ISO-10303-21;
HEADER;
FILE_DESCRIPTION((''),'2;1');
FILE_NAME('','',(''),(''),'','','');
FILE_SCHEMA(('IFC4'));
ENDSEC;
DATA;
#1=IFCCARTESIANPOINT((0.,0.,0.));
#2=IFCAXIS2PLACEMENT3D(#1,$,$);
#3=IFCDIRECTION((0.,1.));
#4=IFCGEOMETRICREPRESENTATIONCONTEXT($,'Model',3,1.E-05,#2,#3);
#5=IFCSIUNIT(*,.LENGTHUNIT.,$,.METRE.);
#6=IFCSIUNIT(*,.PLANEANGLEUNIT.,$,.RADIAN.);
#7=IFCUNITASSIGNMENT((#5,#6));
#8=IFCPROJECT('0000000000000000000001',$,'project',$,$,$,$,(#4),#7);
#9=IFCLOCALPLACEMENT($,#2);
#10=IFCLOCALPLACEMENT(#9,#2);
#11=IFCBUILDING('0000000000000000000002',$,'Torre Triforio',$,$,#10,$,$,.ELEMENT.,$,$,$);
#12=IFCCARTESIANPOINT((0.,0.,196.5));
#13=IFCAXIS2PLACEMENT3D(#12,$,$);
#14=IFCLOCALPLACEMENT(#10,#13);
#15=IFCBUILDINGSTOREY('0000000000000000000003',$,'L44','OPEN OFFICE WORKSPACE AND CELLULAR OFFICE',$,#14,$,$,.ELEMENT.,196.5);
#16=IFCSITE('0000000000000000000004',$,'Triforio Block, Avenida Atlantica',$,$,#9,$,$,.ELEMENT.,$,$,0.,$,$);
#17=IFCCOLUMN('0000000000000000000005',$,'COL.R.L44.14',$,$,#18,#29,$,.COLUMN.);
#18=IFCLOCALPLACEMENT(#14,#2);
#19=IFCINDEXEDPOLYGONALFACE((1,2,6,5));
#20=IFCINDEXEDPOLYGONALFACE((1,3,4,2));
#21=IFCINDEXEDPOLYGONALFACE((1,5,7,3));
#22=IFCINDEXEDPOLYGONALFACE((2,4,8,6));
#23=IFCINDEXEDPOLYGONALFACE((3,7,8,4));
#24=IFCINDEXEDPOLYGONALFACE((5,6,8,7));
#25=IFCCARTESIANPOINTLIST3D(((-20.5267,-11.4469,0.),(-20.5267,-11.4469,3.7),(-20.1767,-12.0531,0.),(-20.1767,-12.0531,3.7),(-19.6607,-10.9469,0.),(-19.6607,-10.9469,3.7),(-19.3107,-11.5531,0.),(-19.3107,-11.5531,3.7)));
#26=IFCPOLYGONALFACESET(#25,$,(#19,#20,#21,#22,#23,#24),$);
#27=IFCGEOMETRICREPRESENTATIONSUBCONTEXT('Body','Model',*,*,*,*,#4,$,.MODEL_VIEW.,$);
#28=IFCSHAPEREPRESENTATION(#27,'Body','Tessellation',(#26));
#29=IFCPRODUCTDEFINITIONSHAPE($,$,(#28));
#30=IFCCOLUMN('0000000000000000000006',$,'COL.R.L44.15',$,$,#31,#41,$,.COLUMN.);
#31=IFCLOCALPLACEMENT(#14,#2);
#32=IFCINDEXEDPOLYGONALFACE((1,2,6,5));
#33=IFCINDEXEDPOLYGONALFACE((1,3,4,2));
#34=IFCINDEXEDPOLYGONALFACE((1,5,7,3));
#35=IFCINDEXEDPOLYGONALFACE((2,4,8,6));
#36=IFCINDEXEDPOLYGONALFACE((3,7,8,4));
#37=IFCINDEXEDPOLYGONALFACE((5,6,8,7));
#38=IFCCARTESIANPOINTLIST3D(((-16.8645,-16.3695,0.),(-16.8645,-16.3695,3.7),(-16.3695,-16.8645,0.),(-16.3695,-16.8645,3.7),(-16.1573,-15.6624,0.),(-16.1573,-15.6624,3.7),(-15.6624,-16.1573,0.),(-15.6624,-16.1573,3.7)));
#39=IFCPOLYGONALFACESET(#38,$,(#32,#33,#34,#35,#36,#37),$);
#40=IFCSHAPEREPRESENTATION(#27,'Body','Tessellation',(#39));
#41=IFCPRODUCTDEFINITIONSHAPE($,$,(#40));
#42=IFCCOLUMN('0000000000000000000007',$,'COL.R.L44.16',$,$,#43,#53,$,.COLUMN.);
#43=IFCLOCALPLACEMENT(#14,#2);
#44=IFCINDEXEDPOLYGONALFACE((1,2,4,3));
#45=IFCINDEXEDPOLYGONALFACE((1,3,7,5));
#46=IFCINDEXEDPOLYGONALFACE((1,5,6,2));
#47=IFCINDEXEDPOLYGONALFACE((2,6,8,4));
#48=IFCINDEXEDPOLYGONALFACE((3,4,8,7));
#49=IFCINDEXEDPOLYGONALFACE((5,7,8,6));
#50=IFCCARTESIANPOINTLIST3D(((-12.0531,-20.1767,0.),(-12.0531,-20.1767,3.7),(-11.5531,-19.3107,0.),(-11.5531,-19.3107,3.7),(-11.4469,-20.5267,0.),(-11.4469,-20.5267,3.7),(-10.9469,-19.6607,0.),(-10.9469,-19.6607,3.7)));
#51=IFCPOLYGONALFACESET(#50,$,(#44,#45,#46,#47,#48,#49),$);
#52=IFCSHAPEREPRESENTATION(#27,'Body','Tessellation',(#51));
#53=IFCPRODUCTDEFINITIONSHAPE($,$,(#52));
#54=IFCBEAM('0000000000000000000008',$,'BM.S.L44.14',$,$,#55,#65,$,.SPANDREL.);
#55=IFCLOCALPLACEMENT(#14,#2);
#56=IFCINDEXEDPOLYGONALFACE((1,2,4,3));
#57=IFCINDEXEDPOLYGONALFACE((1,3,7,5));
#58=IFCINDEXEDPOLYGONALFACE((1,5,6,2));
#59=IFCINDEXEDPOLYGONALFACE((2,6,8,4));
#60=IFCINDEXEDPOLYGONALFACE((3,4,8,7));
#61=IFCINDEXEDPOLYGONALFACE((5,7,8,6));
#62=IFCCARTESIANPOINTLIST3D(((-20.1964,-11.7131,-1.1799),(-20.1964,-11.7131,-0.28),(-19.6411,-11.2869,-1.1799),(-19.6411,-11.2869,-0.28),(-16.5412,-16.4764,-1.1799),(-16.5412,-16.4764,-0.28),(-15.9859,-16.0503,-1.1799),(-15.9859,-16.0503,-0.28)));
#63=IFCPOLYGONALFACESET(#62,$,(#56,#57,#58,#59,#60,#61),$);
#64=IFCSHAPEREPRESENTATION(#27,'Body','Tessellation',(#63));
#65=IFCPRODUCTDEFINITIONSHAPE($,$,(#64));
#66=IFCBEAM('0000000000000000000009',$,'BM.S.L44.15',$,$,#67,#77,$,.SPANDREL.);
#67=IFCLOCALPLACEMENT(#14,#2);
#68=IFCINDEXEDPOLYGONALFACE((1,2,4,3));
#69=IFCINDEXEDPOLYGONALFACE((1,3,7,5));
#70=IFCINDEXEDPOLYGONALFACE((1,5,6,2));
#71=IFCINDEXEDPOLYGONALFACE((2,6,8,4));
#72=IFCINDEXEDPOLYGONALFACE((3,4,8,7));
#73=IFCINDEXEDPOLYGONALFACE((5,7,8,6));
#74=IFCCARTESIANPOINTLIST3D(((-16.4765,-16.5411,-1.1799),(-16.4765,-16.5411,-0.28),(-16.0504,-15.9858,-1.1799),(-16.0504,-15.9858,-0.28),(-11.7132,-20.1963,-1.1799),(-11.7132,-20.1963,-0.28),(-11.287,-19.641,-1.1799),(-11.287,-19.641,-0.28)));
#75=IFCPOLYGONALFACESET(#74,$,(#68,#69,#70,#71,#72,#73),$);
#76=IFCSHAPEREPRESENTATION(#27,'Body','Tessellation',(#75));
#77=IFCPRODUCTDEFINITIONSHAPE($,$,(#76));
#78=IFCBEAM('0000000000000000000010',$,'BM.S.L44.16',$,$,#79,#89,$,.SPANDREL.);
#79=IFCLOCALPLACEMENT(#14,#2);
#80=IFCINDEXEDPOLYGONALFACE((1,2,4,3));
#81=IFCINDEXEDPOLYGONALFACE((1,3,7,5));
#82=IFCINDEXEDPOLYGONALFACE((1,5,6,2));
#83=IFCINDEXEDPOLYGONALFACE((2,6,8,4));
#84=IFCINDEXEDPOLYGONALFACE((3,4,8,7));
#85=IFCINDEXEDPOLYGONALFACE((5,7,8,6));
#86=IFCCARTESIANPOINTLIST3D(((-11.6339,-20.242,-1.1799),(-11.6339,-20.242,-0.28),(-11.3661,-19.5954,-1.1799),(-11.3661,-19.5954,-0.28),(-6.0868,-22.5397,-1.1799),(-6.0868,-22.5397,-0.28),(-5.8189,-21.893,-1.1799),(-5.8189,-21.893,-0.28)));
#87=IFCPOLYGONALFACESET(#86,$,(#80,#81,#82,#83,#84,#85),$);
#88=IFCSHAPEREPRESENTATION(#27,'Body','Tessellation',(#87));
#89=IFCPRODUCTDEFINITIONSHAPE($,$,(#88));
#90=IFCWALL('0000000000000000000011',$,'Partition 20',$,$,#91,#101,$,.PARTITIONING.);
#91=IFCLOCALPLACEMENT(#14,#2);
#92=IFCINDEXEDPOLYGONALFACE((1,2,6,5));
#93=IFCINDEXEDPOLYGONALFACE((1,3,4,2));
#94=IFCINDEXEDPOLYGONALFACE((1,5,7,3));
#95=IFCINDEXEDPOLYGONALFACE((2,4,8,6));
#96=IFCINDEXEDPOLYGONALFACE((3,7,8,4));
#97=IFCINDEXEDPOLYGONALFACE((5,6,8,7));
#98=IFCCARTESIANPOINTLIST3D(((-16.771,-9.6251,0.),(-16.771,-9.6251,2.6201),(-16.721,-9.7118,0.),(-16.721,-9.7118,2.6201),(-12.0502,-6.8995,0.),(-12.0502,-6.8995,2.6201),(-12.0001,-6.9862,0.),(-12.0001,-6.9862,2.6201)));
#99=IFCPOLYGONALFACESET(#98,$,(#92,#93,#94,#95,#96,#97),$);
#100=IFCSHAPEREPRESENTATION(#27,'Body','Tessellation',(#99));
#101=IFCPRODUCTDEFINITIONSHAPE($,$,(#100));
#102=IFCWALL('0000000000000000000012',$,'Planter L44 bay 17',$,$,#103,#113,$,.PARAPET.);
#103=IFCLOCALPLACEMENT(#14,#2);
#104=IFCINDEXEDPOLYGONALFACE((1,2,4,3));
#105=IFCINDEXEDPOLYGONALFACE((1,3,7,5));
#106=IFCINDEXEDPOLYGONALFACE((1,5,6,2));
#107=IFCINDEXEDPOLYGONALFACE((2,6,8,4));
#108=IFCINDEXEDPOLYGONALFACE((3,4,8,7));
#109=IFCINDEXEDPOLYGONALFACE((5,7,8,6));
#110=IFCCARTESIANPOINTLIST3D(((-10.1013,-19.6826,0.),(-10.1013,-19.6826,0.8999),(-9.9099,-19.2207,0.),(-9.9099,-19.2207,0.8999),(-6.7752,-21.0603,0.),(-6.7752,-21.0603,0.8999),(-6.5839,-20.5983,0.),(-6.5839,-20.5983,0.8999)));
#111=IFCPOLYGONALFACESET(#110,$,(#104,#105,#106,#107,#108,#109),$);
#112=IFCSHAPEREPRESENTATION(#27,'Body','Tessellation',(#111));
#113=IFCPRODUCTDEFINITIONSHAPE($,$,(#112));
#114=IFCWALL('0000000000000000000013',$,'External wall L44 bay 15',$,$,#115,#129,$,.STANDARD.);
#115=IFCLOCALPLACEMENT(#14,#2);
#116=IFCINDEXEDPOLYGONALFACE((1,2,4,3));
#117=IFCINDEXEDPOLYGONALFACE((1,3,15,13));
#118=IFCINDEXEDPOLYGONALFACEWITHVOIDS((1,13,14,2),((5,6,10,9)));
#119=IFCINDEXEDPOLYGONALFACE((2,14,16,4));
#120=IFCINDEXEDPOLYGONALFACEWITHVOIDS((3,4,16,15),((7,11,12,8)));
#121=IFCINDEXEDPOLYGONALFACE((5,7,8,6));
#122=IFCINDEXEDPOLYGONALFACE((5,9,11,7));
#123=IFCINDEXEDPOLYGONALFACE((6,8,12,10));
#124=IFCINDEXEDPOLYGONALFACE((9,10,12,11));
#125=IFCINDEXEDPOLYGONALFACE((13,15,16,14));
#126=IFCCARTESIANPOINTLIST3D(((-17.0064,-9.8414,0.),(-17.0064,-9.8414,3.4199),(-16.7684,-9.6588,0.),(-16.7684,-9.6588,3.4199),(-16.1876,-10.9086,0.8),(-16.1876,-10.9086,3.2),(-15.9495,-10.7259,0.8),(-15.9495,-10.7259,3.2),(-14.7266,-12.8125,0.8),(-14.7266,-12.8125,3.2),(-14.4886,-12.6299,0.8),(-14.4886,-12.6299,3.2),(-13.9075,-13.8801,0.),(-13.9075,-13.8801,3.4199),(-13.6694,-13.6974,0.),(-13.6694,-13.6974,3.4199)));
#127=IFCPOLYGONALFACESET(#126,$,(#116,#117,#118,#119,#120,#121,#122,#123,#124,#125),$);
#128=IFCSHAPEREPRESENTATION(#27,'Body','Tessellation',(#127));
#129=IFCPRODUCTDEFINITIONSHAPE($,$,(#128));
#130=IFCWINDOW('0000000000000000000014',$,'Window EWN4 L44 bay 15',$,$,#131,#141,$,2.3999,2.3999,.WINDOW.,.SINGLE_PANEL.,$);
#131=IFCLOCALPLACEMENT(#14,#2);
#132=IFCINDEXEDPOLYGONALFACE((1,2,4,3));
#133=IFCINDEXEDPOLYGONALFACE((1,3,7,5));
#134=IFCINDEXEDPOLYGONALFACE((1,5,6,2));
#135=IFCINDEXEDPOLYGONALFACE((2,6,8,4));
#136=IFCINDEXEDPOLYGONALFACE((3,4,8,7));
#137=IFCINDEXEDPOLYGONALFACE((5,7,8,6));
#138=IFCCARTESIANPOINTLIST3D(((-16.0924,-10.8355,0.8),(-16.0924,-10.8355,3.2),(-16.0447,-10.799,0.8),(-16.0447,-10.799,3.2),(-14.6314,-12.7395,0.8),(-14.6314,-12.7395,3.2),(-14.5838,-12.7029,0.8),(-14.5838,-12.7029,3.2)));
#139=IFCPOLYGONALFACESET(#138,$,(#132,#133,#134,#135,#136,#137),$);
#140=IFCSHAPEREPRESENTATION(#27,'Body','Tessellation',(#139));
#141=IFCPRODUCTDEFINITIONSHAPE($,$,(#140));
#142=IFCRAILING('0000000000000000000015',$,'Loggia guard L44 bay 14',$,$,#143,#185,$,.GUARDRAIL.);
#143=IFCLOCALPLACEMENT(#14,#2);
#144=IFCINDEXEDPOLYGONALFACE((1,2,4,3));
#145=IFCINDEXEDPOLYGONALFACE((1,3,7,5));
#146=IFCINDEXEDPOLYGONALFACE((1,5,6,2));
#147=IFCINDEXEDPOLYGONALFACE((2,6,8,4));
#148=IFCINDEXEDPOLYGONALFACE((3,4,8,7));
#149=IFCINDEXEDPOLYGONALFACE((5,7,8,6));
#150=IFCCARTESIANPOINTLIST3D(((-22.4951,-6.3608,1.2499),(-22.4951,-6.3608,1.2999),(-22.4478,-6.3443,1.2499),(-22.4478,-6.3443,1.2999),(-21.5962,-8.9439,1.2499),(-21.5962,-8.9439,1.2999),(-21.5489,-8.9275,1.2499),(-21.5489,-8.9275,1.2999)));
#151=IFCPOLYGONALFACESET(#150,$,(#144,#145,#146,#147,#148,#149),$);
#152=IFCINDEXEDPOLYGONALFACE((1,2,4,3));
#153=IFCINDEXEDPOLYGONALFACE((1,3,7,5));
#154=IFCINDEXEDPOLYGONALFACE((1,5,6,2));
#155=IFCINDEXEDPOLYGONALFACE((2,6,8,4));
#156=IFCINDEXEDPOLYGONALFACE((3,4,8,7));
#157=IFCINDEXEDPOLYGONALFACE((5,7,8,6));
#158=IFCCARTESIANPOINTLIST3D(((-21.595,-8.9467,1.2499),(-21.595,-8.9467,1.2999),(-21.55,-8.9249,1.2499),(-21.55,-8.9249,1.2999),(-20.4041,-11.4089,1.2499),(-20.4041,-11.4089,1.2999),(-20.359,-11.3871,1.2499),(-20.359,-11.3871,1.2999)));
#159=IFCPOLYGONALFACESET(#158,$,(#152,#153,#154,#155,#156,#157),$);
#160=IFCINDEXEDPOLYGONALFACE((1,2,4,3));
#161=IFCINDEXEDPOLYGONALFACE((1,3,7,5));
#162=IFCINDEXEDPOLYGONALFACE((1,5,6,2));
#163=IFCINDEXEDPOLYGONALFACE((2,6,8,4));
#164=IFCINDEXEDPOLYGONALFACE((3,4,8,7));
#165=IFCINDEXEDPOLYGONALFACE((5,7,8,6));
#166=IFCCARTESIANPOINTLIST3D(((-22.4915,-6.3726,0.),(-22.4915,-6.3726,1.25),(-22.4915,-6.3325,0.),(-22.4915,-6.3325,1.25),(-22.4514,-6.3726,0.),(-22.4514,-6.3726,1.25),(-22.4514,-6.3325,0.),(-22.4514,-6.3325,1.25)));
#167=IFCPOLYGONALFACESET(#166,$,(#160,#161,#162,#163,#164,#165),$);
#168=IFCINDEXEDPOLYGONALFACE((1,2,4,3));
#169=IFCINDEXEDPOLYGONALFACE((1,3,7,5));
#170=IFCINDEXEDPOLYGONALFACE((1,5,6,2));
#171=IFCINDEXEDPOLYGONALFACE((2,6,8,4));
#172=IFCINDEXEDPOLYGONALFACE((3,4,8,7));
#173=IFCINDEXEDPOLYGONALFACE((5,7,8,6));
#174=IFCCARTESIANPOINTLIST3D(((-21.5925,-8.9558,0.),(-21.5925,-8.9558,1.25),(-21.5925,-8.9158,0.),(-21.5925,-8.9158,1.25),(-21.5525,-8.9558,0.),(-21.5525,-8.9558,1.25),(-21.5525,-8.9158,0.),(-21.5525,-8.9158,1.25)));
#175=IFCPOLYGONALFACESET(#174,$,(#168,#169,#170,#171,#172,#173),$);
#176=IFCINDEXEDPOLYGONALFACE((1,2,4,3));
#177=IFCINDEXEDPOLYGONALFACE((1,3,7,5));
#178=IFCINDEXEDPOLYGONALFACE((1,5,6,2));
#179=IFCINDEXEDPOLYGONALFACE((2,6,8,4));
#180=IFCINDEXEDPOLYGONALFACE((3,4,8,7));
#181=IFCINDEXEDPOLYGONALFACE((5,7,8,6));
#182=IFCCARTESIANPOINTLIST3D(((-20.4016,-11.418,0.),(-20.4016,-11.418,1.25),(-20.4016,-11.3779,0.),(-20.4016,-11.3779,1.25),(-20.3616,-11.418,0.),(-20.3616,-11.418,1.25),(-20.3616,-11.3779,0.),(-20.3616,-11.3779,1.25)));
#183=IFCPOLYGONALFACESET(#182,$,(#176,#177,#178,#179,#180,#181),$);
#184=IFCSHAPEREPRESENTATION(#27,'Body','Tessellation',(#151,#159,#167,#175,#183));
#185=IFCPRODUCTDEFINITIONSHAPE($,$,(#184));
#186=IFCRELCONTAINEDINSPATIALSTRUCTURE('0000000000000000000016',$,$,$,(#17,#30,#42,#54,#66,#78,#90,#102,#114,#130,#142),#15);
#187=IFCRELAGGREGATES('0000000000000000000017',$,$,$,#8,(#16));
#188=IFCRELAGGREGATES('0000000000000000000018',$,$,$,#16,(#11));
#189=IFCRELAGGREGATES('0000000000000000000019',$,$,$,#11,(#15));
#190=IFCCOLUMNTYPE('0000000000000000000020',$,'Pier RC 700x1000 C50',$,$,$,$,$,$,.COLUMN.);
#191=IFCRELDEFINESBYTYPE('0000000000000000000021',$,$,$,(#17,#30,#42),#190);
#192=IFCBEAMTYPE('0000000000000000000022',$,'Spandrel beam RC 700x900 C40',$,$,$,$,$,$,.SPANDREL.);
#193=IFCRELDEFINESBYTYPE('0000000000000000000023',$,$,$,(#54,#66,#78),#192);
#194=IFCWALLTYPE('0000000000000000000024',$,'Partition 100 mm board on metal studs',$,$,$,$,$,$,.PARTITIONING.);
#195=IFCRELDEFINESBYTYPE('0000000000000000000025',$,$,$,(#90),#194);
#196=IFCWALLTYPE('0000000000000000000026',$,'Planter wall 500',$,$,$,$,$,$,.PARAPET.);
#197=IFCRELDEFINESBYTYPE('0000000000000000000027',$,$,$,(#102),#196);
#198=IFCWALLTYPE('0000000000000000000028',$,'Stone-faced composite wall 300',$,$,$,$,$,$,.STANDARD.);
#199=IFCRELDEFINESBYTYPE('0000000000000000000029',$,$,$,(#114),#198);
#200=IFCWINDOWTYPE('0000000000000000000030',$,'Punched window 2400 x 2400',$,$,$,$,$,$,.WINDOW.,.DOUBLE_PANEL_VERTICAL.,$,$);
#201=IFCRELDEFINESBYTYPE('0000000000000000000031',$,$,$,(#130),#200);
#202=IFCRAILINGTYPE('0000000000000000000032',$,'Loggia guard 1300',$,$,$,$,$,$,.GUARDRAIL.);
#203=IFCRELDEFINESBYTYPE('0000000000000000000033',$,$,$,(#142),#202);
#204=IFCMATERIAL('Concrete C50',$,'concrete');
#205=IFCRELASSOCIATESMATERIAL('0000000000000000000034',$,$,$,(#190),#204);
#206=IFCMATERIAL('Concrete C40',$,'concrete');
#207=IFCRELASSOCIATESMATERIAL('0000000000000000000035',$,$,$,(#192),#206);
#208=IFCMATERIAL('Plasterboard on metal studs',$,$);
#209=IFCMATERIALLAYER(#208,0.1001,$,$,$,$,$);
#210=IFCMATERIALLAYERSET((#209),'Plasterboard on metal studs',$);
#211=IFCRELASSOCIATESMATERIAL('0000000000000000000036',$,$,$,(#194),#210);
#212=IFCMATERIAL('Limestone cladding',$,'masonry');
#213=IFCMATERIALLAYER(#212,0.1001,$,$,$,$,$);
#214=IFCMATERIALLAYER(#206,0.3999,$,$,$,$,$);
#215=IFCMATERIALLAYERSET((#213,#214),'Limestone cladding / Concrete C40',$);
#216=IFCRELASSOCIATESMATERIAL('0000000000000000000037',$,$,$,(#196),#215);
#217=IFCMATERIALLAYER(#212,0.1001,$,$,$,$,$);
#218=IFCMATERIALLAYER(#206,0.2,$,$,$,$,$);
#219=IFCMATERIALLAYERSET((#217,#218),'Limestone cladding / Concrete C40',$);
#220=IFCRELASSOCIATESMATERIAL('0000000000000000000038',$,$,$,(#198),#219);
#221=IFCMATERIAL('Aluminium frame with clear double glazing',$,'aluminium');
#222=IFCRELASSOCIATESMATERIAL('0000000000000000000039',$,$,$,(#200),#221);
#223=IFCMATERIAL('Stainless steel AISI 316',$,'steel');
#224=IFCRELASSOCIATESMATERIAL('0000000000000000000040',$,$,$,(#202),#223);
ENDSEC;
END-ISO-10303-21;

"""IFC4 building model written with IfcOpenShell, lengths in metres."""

from ifc_helpers import new_model, si_unit, direction, frame, frame_2d, origin, origin_2d, place, context, subcontext, project, spatial, rectangle, extrude, material, layer, layer_set, material_profile, profile_set, type_object, element, fill, save


model = new_model("IFC4")

# Units and contexts
model_context = context("Model", 3, precision=1e-05, world=origin(), true_north=direction((0.0, 1.0)))
body_context = subcontext(model_context, "Body", "Model", "MODEL_VIEW")
ifc_project = project(units=[si_unit("LENGTHUNIT", "METRE"), si_unit("PLANEANGLEUNIT", "RADIAN")], contexts=[model_context])

# Site, building, storey
site_placement = place(None, origin())
site = spatial("IfcSite", under=ifc_project, at=site_placement, Name="Triforio Block, Avenida Atlantica", CompositionType="ELEMENT", RefElevation=0.0)
building_placement = place(site_placement, origin())
building = spatial("IfcBuilding", under=site, at=building_placement, Name="Torre Triforio", CompositionType="ELEMENT")
storey_placement = place(building_placement, frame((0.0, 0.0, 196.5)))
storey = spatial("IfcBuildingStorey", under=building, at=storey_placement, Name="L44", Description="OPEN OFFICE WORKSPACE AND CELLULAR OFFICE", CompositionType="ELEMENT", Elevation=196.5)

# Columns
ifc_material_1 = material(Name="Concrete C50", Category="concrete")
ifc_material_profile_1 = material_profile(ifc_material_1, rectangle(XDim=0.7, YDim=1.0, at=origin_2d()), Name="RC 700x1000")
ifc_profile_set_1 = profile_set([ifc_material_profile_1], Name="Concrete C50")
column_type = type_object("IfcColumnType", Name="Pier RC 700x1000 C50", PredefinedType="COLUMN", material=ifc_profile_set_1)
for number, where, z_axis, x_axis, name in (
    (1, (-19.9187, -11.5, 0.0), (0.0, 0.0, 1.0), (0.5, -0.866025, 0.0), "COL.R.L44.14"),
    (2, (-16.2634, -16.2634, 0.0), (0.0, 0.0, 1.0), (0.707107, -0.707107, 0.0), "COL.R.L44.15"),
    (3, (-11.5, -19.9187, 0.0), (0.0, 0.0, 1.0), (0.866025, -0.5, 0.0), "COL.R.L44.16"),
):
    element("IfcColumn", number, at=place(storey_placement, frame(where, z_axis=z_axis, x_axis=x_axis)), inside=storey, type_object=column_type, Name=name, PredefinedType="COLUMN", context=body_context, shape_type="SweptSolid", body=[
        extrude(rectangle(XDim=0.7, YDim=1.0, at=origin_2d()), origin(), (0.0, 0.0, 1.0), 3.7),
    ])

# Beams
ifc_material_2 = material(Name="Concrete C40", Category="concrete")
ifc_material_profile_2 = material_profile(ifc_material_2, rectangle(XDim=0.7, YDim=0.8999, at=origin_2d()), Name="RC 700x900")
ifc_profile_set_2 = profile_set([ifc_material_profile_2], Name="Concrete C40")
beam_type = type_object("IfcBeamType", Name="Spandrel beam RC 700x900 C40", PredefinedType="SPANDREL", material=ifc_profile_set_2)
for number, where, z_axis, x_axis, name in (
    (4, (-19.9187, -11.5, -0.73), (0.608779, -0.79334, 0.0), (0.79334, 0.608779, 0.0), "BM.S.L44.14"),
    (5, (-16.2634, -16.2634, -0.73), (0.79334, -0.608779, 0.0), (0.608779, 0.79334, 0.0), "BM.S.L44.15"),
    (6, (-11.5, -19.9187, -0.73), (0.923885, -0.382671, 0.0), (0.382671, 0.923885, 0.0), "BM.S.L44.16"),
):
    element("IfcBeam", number, at=place(storey_placement, frame(where, z_axis=z_axis, x_axis=x_axis)), inside=storey, type_object=beam_type, Name=name, PredefinedType="SPANDREL", context=body_context, shape_type="SweptSolid", body=[
        extrude(rectangle(XDim=0.7, YDim=0.8999, at=origin_2d()), origin(), (0.0, 0.0, 1.0), 6.0042),
    ])

# Walls
ifc_material_3 = material(Name="Plasterboard on metal studs")
ifc_layer_1 = layer(ifc_material_3, 0.1001)
ifc_layer_set_1 = layer_set([ifc_layer_1], Name="Plasterboard on metal studs")
wall_type_1 = type_object("IfcWallType", Name="Partition 100 mm board on metal studs", PredefinedType="PARTITIONING", material=ifc_layer_set_1)
wall_1_placement = place(storey_placement, frame((-12.0251, -6.9429, 0.0), z_axis=(0.0, 0.0, 1.0), x_axis=(-0.86603, -0.499993, 0.0)))
element("IfcWall", 7, at=wall_1_placement, inside=storey, type_object=wall_type_1, Name="Partition 20", PredefinedType="PARTITIONING", context=body_context, shape_type="SweptSolid", body=[
    extrude(rectangle(XDim=5.4512, YDim=0.1001, at=frame_2d((2.7256, 0.0))), origin(), (0.0, 0.0, 1.0), 2.6201),
])
ifc_material_4 = material(Name="Limestone cladding", Category="masonry")
ifc_layer_2 = layer(ifc_material_4, 0.1001)
ifc_layer_3 = layer(ifc_material_2, 0.3999)
ifc_layer_set_2 = layer_set([ifc_layer_2, ifc_layer_3], Name="Limestone cladding / Concrete C40")
wall_type_2 = type_object("IfcWallType", Name="Planter wall 500", PredefinedType="PARAPET", material=ifc_layer_set_2)
wall_2_placement = place(storey_placement, frame((-10.0056, -19.4517, 0.0), z_axis=(0.0, 0.0, 1.0), x_axis=(0.923885, -0.382669, 0.0)))
element("IfcWall", 8, at=wall_2_placement, inside=storey, type_object=wall_type_2, Name="Planter L44 bay 17", PredefinedType="PARAPET", context=body_context, shape_type="SweptSolid", body=[
    extrude(rectangle(XDim=3.6001, YDim=0.5, at=frame_2d((1.8, 0.0))), origin(), (0.0, 0.0, 1.0), 0.8999),
])

# Wall, opening, window
ifc_layer_4 = layer(ifc_material_4, 0.1001)
ifc_layer_5 = layer(ifc_material_2, 0.2)
ifc_layer_set_3 = layer_set([ifc_layer_4, ifc_layer_5], Name="Limestone cladding / Concrete C40")
wall_type_3 = type_object("IfcWallType", Name="Stone-faced composite wall 300", PredefinedType="STANDARD", material=ifc_layer_set_3)
wall_3_placement = place(storey_placement, frame((-16.8875, -9.75, 0.0), z_axis=(0.0, 0.0, 1.0), x_axis=(0.608758, -0.793356, 0.0)))
wall_3 = element("IfcWall", 9, at=wall_3_placement, inside=storey, type_object=wall_type_3, Name="External wall L44 bay 15", PredefinedType="STANDARD", context=body_context, shape_type="SweptSolid", body=[
    extrude(rectangle(XDim=5.0906, YDim=0.3, at=frame_2d((2.5454, 0.0))), origin(), (0.0, 0.0, 1.0), 3.4199),
])
opening_1_placement = place(wall_3_placement, frame((1.3452, 0.0, 0.8)))
opening_1 = element("IfcOpeningElement", 10, at=opening_1_placement, cuts=wall_3, PredefinedType="OPENING", context=body_context, shape_type="SweptSolid", body=[
    extrude(rectangle(XDim=2.3999, YDim=2.3999, at=frame_2d((1.2, 1.2))), frame((0.0, 0.1599, 0.0), z_axis=(0.0, -1.0, 0.0), x_axis=(1.0, 0.0, 0.0)), (0.0, 0.0, 1.0), 0.3201),
])
ifc_material_5 = material(Name="Aluminium frame with clear double glazing", Category="aluminium")
window_type_1 = type_object("IfcWindowType", Name="Punched window 2400 x 2400", PartitioningType="DOUBLE_PANEL_VERTICAL", PredefinedType="WINDOW", material=ifc_material_5)
window_1_placement = place(opening_1_placement, origin())
window_1 = element("IfcWindow", 11, at=window_1_placement, inside=storey, type_object=window_type_1, Name="Window EWN4 L44 bay 15", OverallHeight=2.3999, OverallWidth=2.3999, PartitioningType="SINGLE_PANEL", PredefinedType="WINDOW", context=body_context, shape_type="SweptSolid", body=[
    extrude(rectangle(XDim=2.3999, YDim=2.3999, at=frame_2d((1.2, 1.2))), frame((0.0, 0.03, 0.0), z_axis=(0.0, -1.0, 0.0), x_axis=(1.0, 0.0, 0.0)), (0.0, 0.0, 1.0), 0.0601),
])
fill(opening_1, window_1)

# Railing
ifc_material_6 = material(Name="Stainless steel AISI 316", Category="steel")
railing_type = type_object("IfcRailingType", Name="Loggia guard 1300", PredefinedType="GUARDRAIL", material=ifc_material_6)
railing_1_placement = place(storey_placement, frame((-22.4714, -6.3525, 0.0)))
element("IfcRailing", 12, at=railing_1_placement, inside=storey, type_object=railing_type, Name="Loggia guard L44 bay 14", PredefinedType="GUARDRAIL", context=body_context, shape_type="SweptSolid", body=[
    extrude(rectangle(XDim=0.05, YDim=0.05, at=origin_2d()), frame((0.0, 0.0, 1.2749), z_axis=(0.328652, -0.944451, 0.0), x_axis=(0.944451, 0.328652, 0.0)), (0.0, 0.0, 1.0), 2.7351),
    extrude(rectangle(XDim=0.05, YDim=0.05, at=origin_2d()), frame((0.8989, -2.5833, 1.2749), z_axis=(0.435428, -0.900224, 0.0), x_axis=(0.900224, 0.435428, 0.0)), (0.0, 0.0, 1.0), 2.7351),
    extrude(rectangle(XDim=0.04, YDim=0.04, at=origin_2d()), origin(), (0.0, 0.0, 1.0), 1.25),
    extrude(rectangle(XDim=0.04, YDim=0.04, at=origin_2d()), frame((0.8989, -2.5833, 0.0)), (0.0, 0.0, 1.0), 1.25),
    extrude(rectangle(XDim=0.04, YDim=0.04, at=origin_2d()), frame((2.0898, -5.0454, 0.0)), (0.0, 0.0, 1.0), 1.25),
])

save(model, "model.ifc")
